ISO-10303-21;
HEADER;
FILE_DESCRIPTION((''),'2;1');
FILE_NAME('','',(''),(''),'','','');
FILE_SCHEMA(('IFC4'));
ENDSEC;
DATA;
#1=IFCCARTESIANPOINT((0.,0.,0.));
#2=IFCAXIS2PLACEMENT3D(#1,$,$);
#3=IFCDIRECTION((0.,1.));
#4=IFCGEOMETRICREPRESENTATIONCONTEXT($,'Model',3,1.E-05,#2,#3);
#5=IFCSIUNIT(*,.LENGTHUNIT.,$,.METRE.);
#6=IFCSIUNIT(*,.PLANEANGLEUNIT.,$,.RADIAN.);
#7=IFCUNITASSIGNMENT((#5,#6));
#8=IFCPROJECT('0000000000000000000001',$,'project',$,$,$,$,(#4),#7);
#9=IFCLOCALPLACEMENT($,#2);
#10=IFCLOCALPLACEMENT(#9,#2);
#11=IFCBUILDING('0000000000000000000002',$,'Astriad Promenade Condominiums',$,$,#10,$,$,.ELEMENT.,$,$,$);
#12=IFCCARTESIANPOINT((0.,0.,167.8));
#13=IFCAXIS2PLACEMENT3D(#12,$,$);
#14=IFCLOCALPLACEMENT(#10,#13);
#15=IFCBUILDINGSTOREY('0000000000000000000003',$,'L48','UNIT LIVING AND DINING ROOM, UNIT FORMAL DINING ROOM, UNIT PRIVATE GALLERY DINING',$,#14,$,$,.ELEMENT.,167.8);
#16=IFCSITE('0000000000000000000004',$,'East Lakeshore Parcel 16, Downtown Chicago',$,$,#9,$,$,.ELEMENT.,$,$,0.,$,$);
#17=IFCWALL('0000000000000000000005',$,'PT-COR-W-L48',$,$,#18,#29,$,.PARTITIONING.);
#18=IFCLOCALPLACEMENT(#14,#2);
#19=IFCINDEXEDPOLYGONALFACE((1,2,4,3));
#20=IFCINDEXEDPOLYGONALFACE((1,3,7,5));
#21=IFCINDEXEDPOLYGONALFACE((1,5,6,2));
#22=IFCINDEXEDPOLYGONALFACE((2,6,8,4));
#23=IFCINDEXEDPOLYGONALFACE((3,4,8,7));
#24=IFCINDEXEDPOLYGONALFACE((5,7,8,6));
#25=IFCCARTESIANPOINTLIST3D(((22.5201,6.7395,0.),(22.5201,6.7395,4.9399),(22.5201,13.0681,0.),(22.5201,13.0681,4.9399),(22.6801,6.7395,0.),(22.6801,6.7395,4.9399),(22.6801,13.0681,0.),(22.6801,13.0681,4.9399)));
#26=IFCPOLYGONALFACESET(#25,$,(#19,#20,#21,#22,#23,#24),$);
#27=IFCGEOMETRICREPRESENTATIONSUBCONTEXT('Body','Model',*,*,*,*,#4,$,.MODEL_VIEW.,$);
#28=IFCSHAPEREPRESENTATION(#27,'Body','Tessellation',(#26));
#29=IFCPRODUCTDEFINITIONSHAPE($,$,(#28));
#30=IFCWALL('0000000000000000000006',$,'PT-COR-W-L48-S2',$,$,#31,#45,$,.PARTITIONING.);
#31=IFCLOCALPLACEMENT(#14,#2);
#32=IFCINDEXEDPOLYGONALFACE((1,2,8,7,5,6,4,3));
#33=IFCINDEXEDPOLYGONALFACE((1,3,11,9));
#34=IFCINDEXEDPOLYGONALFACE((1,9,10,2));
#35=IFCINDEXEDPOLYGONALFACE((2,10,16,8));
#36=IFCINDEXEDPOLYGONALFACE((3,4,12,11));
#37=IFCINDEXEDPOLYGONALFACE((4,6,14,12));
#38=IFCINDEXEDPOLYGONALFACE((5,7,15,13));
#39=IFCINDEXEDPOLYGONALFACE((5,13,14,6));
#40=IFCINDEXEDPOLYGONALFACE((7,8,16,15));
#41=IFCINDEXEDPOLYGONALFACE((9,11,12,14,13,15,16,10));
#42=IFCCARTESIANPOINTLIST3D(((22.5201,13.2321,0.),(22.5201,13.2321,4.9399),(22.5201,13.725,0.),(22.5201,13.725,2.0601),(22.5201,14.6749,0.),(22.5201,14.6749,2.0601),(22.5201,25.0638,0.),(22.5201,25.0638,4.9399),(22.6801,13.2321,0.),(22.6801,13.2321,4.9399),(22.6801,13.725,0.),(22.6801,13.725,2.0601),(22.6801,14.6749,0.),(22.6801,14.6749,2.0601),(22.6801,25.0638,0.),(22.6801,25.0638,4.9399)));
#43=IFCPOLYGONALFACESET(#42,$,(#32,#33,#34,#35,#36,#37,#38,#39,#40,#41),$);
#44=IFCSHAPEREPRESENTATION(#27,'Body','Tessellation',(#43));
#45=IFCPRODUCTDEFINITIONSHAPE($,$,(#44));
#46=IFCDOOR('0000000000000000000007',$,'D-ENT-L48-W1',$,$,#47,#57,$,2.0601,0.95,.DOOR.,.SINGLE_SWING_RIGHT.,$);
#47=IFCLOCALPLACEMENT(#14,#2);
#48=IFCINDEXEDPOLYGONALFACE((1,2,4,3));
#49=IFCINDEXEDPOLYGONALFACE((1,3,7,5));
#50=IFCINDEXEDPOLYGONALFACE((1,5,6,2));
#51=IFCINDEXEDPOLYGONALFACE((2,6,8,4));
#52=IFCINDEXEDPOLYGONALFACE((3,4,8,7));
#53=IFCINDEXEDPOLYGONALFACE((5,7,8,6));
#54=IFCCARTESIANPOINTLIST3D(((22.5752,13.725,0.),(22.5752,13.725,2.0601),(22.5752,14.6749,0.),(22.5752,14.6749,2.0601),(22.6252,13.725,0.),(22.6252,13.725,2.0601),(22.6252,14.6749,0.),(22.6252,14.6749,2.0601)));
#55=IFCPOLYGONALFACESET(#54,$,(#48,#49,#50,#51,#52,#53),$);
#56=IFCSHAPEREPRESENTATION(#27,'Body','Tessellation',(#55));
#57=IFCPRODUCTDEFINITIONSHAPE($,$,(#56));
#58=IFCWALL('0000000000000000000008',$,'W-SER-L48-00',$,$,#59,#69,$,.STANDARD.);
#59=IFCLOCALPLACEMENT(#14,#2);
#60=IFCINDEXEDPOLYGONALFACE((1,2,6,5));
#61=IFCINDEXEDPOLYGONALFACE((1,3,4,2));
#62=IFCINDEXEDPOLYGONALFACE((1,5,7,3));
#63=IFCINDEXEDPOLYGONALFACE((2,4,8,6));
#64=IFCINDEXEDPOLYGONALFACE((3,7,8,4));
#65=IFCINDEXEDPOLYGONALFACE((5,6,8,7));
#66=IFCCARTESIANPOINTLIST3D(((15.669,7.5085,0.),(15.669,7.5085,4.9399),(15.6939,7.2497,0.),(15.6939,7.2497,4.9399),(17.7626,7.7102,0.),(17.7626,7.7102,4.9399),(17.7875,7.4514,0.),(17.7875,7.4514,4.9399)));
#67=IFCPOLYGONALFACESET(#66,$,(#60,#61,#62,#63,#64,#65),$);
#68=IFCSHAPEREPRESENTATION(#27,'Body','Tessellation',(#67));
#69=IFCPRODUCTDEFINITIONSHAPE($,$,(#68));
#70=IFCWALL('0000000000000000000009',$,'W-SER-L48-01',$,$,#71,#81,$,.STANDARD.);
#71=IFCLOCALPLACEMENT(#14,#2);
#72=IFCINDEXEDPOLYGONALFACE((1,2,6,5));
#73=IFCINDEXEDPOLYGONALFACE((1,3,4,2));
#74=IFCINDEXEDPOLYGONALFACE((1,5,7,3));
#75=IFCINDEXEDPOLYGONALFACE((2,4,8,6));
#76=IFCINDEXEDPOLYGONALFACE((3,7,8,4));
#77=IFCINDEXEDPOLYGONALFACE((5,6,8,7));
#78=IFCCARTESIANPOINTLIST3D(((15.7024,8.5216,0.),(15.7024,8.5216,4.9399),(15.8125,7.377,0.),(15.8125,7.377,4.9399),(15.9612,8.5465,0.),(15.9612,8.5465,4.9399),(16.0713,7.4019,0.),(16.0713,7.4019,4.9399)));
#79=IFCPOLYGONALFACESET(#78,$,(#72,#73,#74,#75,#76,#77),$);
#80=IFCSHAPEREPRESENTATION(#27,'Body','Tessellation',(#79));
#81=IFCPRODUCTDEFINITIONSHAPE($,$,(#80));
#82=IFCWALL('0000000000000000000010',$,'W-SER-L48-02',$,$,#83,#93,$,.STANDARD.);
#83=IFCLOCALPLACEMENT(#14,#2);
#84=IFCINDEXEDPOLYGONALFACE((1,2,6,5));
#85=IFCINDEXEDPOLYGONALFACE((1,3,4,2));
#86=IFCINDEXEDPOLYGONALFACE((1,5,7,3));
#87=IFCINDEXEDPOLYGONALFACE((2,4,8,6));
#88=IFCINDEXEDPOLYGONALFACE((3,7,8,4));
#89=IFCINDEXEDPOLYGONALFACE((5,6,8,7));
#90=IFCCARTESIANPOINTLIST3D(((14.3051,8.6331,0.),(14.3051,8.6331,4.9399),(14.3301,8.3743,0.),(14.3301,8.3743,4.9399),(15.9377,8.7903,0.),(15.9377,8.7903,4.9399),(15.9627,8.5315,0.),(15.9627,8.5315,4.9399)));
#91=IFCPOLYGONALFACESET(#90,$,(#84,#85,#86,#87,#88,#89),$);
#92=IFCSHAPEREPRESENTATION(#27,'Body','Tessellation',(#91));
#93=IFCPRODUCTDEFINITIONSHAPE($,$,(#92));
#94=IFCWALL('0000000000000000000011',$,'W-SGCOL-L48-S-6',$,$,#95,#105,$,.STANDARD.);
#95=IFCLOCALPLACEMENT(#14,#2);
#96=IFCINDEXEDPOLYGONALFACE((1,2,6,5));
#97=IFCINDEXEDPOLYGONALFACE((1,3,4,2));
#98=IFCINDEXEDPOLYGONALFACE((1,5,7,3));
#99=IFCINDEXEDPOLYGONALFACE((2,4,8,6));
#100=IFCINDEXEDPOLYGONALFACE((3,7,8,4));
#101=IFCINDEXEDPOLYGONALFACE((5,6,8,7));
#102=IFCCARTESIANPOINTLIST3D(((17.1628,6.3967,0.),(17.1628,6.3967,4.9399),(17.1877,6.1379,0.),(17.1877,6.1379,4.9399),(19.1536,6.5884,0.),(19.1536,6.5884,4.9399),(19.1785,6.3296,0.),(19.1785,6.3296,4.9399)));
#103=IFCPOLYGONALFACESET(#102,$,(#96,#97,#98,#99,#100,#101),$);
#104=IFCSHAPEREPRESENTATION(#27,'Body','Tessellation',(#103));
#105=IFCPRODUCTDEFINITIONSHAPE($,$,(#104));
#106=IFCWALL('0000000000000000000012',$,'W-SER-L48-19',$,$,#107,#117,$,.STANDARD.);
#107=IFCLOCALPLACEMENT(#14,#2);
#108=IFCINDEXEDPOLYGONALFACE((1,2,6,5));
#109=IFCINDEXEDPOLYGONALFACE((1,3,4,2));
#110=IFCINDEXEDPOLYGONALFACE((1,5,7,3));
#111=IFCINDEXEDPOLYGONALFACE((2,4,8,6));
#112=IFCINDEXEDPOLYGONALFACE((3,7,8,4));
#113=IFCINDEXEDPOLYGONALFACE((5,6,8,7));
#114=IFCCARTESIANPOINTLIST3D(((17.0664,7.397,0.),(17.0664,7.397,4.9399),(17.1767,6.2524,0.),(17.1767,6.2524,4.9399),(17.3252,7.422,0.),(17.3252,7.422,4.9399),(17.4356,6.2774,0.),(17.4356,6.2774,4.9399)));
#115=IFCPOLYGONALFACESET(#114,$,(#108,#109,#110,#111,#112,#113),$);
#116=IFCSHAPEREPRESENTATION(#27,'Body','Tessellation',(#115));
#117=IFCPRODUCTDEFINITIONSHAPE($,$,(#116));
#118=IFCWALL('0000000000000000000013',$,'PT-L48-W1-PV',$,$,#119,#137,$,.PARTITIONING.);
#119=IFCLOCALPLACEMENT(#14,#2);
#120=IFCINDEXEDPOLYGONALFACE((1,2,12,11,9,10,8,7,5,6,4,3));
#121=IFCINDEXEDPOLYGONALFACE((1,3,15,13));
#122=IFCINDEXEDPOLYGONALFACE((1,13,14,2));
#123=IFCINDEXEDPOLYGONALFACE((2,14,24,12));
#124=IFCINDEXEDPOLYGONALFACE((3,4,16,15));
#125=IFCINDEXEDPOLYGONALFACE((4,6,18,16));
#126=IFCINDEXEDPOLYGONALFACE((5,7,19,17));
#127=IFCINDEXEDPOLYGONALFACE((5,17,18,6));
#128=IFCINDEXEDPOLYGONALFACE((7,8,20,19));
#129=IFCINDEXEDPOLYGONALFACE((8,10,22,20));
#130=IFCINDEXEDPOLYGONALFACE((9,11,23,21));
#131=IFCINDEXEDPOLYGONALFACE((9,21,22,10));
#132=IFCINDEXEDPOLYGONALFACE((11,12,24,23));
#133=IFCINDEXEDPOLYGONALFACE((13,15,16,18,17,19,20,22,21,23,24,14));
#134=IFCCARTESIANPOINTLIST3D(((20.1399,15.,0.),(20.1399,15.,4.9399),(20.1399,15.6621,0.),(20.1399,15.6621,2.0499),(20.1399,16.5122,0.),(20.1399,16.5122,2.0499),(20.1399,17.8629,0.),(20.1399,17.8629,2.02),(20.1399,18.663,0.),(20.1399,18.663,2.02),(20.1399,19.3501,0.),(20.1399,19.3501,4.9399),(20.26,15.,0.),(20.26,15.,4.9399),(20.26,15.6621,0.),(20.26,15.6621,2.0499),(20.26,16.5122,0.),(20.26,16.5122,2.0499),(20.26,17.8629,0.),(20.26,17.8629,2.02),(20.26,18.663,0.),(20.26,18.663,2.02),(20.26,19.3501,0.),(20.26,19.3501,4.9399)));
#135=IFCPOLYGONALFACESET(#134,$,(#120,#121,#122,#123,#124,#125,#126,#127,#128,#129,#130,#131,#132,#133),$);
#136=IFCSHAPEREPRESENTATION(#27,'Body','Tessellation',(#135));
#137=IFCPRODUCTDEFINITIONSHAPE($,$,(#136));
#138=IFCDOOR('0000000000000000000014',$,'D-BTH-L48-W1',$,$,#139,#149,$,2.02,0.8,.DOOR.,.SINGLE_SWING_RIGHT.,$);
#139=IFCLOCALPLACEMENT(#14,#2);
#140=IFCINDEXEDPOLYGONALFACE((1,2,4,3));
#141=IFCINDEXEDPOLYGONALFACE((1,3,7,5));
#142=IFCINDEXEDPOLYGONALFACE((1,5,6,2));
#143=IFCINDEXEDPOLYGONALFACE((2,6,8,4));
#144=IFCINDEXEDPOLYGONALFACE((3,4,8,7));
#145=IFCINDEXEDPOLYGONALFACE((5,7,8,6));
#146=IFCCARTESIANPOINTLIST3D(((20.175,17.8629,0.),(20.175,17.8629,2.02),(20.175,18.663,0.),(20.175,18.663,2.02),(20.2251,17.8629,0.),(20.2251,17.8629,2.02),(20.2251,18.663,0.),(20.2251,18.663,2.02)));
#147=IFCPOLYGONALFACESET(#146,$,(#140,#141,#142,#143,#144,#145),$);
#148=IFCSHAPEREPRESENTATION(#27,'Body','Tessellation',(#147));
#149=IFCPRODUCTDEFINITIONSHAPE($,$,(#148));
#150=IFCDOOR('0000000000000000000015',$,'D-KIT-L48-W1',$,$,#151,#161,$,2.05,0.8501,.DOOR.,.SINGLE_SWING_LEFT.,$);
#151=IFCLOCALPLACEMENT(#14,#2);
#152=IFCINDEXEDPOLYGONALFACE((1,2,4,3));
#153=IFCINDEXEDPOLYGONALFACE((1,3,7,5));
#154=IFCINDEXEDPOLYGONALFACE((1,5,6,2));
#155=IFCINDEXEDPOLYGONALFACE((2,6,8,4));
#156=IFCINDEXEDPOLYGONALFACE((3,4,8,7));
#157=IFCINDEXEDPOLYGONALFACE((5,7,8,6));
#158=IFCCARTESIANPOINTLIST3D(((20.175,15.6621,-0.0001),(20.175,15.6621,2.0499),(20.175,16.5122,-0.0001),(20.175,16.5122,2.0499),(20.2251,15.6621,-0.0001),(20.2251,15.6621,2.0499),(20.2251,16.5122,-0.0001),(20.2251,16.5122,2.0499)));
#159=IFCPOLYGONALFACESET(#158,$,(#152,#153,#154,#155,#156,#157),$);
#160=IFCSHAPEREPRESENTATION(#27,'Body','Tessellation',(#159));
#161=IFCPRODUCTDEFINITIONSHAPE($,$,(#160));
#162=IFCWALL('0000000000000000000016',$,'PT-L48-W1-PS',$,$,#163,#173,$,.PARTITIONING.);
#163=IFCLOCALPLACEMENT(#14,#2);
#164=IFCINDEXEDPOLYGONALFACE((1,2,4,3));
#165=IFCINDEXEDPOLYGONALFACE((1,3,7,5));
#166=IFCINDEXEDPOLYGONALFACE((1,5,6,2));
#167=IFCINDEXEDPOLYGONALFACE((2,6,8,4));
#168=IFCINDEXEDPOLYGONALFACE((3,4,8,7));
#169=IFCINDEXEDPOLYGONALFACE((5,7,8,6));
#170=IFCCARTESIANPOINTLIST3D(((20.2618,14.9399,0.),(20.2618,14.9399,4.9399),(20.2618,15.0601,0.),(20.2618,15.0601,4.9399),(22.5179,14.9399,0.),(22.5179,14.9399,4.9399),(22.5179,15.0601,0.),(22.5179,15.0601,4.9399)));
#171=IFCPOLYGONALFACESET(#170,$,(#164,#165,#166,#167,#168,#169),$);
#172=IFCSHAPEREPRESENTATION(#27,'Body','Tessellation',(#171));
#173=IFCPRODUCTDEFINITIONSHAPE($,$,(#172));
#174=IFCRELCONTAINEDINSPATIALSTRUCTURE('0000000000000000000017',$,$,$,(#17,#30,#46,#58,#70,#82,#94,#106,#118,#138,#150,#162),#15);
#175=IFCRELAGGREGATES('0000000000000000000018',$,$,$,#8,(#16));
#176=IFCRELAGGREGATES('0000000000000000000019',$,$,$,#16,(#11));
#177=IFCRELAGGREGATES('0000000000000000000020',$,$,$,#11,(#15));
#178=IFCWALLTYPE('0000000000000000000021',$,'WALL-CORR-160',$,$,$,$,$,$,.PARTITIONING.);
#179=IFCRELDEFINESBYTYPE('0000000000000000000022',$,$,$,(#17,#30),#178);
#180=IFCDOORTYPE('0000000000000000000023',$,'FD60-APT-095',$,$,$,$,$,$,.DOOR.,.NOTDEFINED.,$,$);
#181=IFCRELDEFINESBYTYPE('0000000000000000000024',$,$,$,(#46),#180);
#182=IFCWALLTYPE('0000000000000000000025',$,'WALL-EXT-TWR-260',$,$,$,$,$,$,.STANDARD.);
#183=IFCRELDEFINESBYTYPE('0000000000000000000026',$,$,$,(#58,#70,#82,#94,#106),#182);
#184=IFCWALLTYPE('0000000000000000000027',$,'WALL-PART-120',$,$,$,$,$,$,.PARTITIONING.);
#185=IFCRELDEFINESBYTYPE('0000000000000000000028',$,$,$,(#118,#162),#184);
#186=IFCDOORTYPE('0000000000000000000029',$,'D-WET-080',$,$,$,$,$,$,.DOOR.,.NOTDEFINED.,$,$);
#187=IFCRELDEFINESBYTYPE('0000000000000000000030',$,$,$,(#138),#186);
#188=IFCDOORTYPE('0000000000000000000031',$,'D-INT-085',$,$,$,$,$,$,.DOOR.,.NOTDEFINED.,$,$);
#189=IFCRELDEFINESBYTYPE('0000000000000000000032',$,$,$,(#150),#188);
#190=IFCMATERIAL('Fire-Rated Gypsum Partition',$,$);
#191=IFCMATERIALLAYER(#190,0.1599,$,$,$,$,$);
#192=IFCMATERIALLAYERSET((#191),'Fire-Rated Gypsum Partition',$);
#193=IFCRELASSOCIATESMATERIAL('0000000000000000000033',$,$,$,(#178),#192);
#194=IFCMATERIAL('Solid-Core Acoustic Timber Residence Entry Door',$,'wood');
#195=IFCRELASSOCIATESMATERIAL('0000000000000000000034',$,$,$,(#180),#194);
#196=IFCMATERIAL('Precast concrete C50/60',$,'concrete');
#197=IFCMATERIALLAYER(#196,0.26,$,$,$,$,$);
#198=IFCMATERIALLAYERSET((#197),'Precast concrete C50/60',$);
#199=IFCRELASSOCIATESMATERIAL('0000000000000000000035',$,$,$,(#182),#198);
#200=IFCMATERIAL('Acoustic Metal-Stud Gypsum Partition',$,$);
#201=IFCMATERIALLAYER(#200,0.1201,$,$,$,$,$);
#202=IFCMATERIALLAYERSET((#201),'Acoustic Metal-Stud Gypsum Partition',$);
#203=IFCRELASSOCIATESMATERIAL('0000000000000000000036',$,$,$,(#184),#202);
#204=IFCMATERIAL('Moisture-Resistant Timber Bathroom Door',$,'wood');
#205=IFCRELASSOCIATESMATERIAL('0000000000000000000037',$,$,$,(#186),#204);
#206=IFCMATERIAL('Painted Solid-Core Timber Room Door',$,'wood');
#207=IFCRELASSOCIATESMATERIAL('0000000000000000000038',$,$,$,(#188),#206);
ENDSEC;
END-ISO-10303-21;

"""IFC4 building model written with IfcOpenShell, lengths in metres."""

from ifc_helpers import new_model, si_unit, direction, frame, frame_2d, origin, place, context, subcontext, project, spatial, rectangle, extrude, source, transform, mapped, material, layer, layer_set, type_object, type_shapes, element, fill, save


model = new_model("IFC4")

# Units and contexts
model_context = context("Model", 3, precision=1e-05, world=origin(), true_north=direction((0.0, 1.0)))
body_context = subcontext(model_context, "Body", "Model", "MODEL_VIEW")
ifc_project = project(units=[si_unit("LENGTHUNIT", "METRE"), si_unit("PLANEANGLEUNIT", "RADIAN")], contexts=[model_context])

# Site, building, storey
site_placement = place(None, origin())
site = spatial("IfcSite", under=ifc_project, at=site_placement, Name="East Lakeshore Parcel 16, Downtown Chicago", CompositionType="ELEMENT", RefElevation=0.0)
building_placement = place(site_placement, origin())
building = spatial("IfcBuilding", under=site, at=building_placement, Name="Astriad Promenade Condominiums", CompositionType="ELEMENT")
storey_placement = place(building_placement, frame((0.0, 0.0, 167.8)))
storey = spatial("IfcBuildingStorey", under=building, at=storey_placement, Name="L48", Description="UNIT LIVING AND DINING ROOM, UNIT FORMAL DINING ROOM, UNIT PRIVATE GALLERY DINING", CompositionType="ELEMENT", Elevation=167.8)

# Shared definitions
ifc_material_1 = material(Name="Fire-Rated Gypsum Partition")
ifc_layer_1 = layer(ifc_material_1, 0.1599)
ifc_layer_set_1 = layer_set([ifc_layer_1], Name="Fire-Rated Gypsum Partition")
wall_type_1 = type_object("IfcWallType", Name="WALL-CORR-160", PredefinedType="PARTITIONING", material=ifc_layer_set_1)
ifc_material_2 = material(Name="Solid-Core Acoustic Timber Residence Entry Door", Category="wood")
door_type_1 = type_object("IfcDoorType", Name="FD60-APT-095", OperationType="NOTDEFINED", PredefinedType="DOOR", material=ifc_material_2)
shared_shape_1 = source(origin(), body_context, "Body", "SweptSolid", [
    extrude(rectangle(XDim=0.95, YDim=2.0601, at=frame_2d((0.4751, 1.03))), frame((0.0, 0.0249, 0.0), z_axis=(0.0, -1.0, 0.0), x_axis=(1.0, 0.0, 0.0)), (0.0, 0.0, 1.0), 0.05),
])
type_shapes(door_type_1, [shared_shape_1])

# Wall
wall_1_placement = place(storey_placement, frame((22.6001, 6.7395, 0.0), z_axis=(0.0, 0.0, 1.0), x_axis=(0.0, 1.0, 0.0)))
element("IfcWall", 1, at=wall_1_placement, inside=storey, type_object=wall_type_1, Name="PT-COR-W-L48", PredefinedType="PARTITIONING", context=body_context, shape_type="SweptSolid", body=[
    extrude(rectangle(XDim=6.3286, YDim=0.1599, at=frame_2d((3.1643, 0.0))), origin(), (0.0, 0.0, 1.0), 4.9399),
])

# Wall, opening, door
wall_2_placement = place(storey_placement, frame((22.6001, 13.2319, 0.0), z_axis=(0.0, 0.0, 1.0), x_axis=(0.0, 1.0, 0.0)))
wall_2 = element("IfcWall", 2, at=wall_2_placement, inside=storey, type_object=wall_type_1, Name="PT-COR-W-L48-S2", PredefinedType="PARTITIONING", context=body_context, shape_type="SweptSolid", body=[
    extrude(rectangle(XDim=11.8318, YDim=0.1599, at=frame_2d((5.916, 0.0))), origin(), (0.0, 0.0, 1.0), 4.9399),
])
opening_1_placement = place(wall_2_placement, frame((0.4929, 0.0, 0.0)))
opening_1 = element("IfcOpeningElement", 3, at=opening_1_placement, cuts=wall_2, PredefinedType="OPENING", context=body_context, shape_type="SweptSolid", body=[
    extrude(rectangle(XDim=0.95, YDim=2.0601, at=frame_2d((0.4751, 1.03))), frame((0.0, 0.0898, 0.0), z_axis=(0.0, -1.0, 0.0), x_axis=(1.0, 0.0, 0.0)), (0.0, 0.0, 1.0), 0.1799),
])
door_1_placement = place(opening_1_placement, origin())
door_1 = element("IfcDoor", 4, at=door_1_placement, inside=storey, type_object=door_type_1, Name="D-ENT-L48-W1", OperationType="SINGLE_SWING_RIGHT", OverallHeight=2.0601, OverallWidth=0.95, PredefinedType="DOOR", context=body_context, shape_type="MappedRepresentation", body=[
    mapped(shared_shape_1, transform((0.0, 0.0, 0.0), scale=1.0)),
])
fill(opening_1, door_1)

# Walls
ifc_material_3 = material(Name="Precast concrete C50/60", Category="concrete")
ifc_layer_2 = layer(ifc_material_3, 0.26)
ifc_layer_set_2 = layer_set([ifc_layer_2], Name="Precast concrete C50/60")
wall_type_2 = type_object("IfcWallType", Name="WALL-EXT-TWR-260", PredefinedType="STANDARD", material=ifc_layer_set_2)
wall_3_placement = place(storey_placement, frame((17.7751, 7.5808, 0.0), z_axis=(0.0, 0.0, 1.0), x_axis=(-0.995393, -0.095883, 0.0)))
element("IfcWall", 5, at=wall_3_placement, inside=storey, type_object=wall_type_2, Name="W-SER-L48-00", PredefinedType="STANDARD", context=body_context, shape_type="SweptSolid", body=[
    extrude(rectangle(XDim=2.1033, YDim=0.26, at=frame_2d((1.0518, 0.0))), origin(), (0.0, 0.0, 1.0), 4.9399),
])
wall_4_placement = place(storey_placement, frame((15.9419, 7.3894, 0.0), z_axis=(0.0, 0.0, 1.0), x_axis=(-0.095761, 0.995404, 0.0)))
element("IfcWall", 6, at=wall_4_placement, inside=storey, type_object=wall_type_2, Name="W-SER-L48-01", PredefinedType="STANDARD", context=body_context, shape_type="SweptSolid", body=[
    extrude(rectangle(XDim=1.1499, YDim=0.26, at=frame_2d((0.575, 0.0))), origin(), (0.0, 0.0, 1.0), 4.9399),
])
wall_5_placement = place(storey_placement, frame((15.9502, 8.6609, 0.0), z_axis=(0.0, 0.0, 1.0), x_axis=(-0.995395, -0.095863, 0.0)))
element("IfcWall", 7, at=wall_5_placement, inside=storey, type_object=wall_type_2, Name="W-SER-L48-02", PredefinedType="STANDARD", context=body_context, shape_type="SweptSolid", body=[
    extrude(rectangle(XDim=1.6401, YDim=0.26, at=frame_2d((0.8201, 0.0))), origin(), (0.0, 0.0, 1.0), 4.9399),
])
wall_6_placement = place(storey_placement, frame((19.166, 6.459, 0.0), z_axis=(0.0, 0.0, 1.0), x_axis=(-0.995398, -0.095829, 0.0)))
element("IfcWall", 8, at=wall_6_placement, inside=storey, type_object=wall_type_2, Name="W-SGCOL-L48-S-6", PredefinedType="STANDARD", context=body_context, shape_type="SweptSolid", body=[
    extrude(rectangle(XDim=2.0, YDim=0.26, at=frame_2d((1.0, 0.0))), origin(), (0.0, 0.0, 1.0), 4.9399),
])
wall_7_placement = place(storey_placement, frame((17.3062, 6.2649, 0.0), z_axis=(0.0, 0.0, 1.0), x_axis=(-0.095971, 0.995384, 0.0)))
element("IfcWall", 9, at=wall_7_placement, inside=storey, type_object=wall_type_2, Name="W-SER-L48-19", PredefinedType="STANDARD", context=body_context, shape_type="SweptSolid", body=[
    extrude(rectangle(XDim=1.1499, YDim=0.26, at=frame_2d((0.575, 0.0))), origin(), (0.0, 0.0, 1.0), 4.9399),
])

# Wall, openings, doors
ifc_material_4 = material(Name="Acoustic Metal-Stud Gypsum Partition")
ifc_layer_3 = layer(ifc_material_4, 0.1201)
ifc_layer_set_3 = layer_set([ifc_layer_3], Name="Acoustic Metal-Stud Gypsum Partition")
wall_type_3 = type_object("IfcWallType", Name="WALL-PART-120", PredefinedType="PARTITIONING", material=ifc_layer_set_3)
wall_8_placement = place(storey_placement, frame((20.2, 15.0, 0.0), z_axis=(0.0, 0.0, 1.0), x_axis=(0.0, 1.0, 0.0)))
wall_8 = element("IfcWall", 10, at=wall_8_placement, inside=storey, type_object=wall_type_3, Name="PT-L48-W1-PV", PredefinedType="PARTITIONING", context=body_context, shape_type="SweptSolid", body=[
    extrude(rectangle(XDim=4.3501, YDim=0.1201, at=frame_2d((2.175, 0.0))), origin(), (0.0, 0.0, 1.0), 4.9399),
])
opening_2_placement = place(wall_8_placement, frame((0.6621, 0.0, 0.0)))
opening_2 = element("IfcOpeningElement", 11, at=opening_2_placement, cuts=wall_8, PredefinedType="OPENING", context=body_context, shape_type="SweptSolid", body=[
    extrude(rectangle(XDim=0.8501, YDim=2.05, at=frame_2d((0.425, 1.0249))), frame((0.0, 0.0701, 0.0), z_axis=(0.0, -1.0, 0.0), x_axis=(1.0, 0.0, 0.0)), (0.0, 0.0, 1.0), 0.1401),
])
opening_3_placement = place(wall_8_placement, frame((2.863, 0.0, 0.0)))
opening_3 = element("IfcOpeningElement", 12, at=opening_3_placement, cuts=wall_8, PredefinedType="OPENING", context=body_context, shape_type="SweptSolid", body=[
    extrude(rectangle(XDim=0.8, YDim=2.02, at=frame_2d((0.3999, 1.01))), frame((0.0, 0.0701, 0.0), z_axis=(0.0, -1.0, 0.0), x_axis=(1.0, 0.0, 0.0)), (0.0, 0.0, 1.0), 0.1401),
])
ifc_material_5 = material(Name="Moisture-Resistant Timber Bathroom Door", Category="wood")
door_type_2 = type_object("IfcDoorType", Name="D-WET-080", OperationType="NOTDEFINED", PredefinedType="DOOR", material=ifc_material_5)
shared_shape_2 = source(origin(), body_context, "Body", "SweptSolid", [
    extrude(rectangle(XDim=0.8, YDim=2.02, at=frame_2d((0.3999, 1.01))), frame((0.0, 0.0249, 0.0), z_axis=(0.0, -1.0, 0.0), x_axis=(1.0, 0.0, 0.0)), (0.0, 0.0, 1.0), 0.05),
])
type_shapes(door_type_2, [shared_shape_2])
door_2_placement = place(opening_3_placement, origin())
door_2 = element("IfcDoor", 13, at=door_2_placement, inside=storey, type_object=door_type_2, Name="D-BTH-L48-W1", OperationType="SINGLE_SWING_RIGHT", OverallHeight=2.02, OverallWidth=0.8, PredefinedType="DOOR", context=body_context, shape_type="MappedRepresentation", body=[
    mapped(shared_shape_2, transform((0.0, 0.0, 0.0), scale=1.0)),
])
fill(opening_3, door_2)
ifc_material_6 = material(Name="Painted Solid-Core Timber Room Door", Category="wood")
door_type_3 = type_object("IfcDoorType", Name="D-INT-085", OperationType="NOTDEFINED", PredefinedType="DOOR", material=ifc_material_6)
shared_shape_3 = source(origin(), body_context, "Body", "SweptSolid", [
    extrude(rectangle(XDim=0.8501, YDim=2.05, at=frame_2d((0.425, 1.0249))), frame((0.0, 0.0249, 0.0), z_axis=(0.0, -1.0, 0.0), x_axis=(1.0, 0.0, 0.0)), (0.0, 0.0, 1.0), 0.05),
])
type_shapes(door_type_3, [shared_shape_3])
door_3_placement = place(opening_2_placement, origin())
door_3 = element("IfcDoor", 14, at=door_3_placement, inside=storey, type_object=door_type_3, Name="D-KIT-L48-W1", OperationType="SINGLE_SWING_LEFT", OverallHeight=2.05, OverallWidth=0.8501, PredefinedType="DOOR", context=body_context, shape_type="MappedRepresentation", body=[
    mapped(shared_shape_3, transform((0.0, 0.0, 0.0), scale=1.0)),
])
fill(opening_2, door_3)

# Wall
wall_9_placement = place(storey_placement, frame((20.262, 15.0, 0.0), z_axis=(0.0, 0.0, 1.0), x_axis=(1.0, 0.0, 0.0)))
element("IfcWall", 15, at=wall_9_placement, inside=storey, type_object=wall_type_3, Name="PT-L48-W1-PS", PredefinedType="PARTITIONING", context=body_context, shape_type="SweptSolid", body=[
    extrude(rectangle(XDim=2.2561, YDim=0.1201, at=frame_2d((1.1279, 0.0))), origin(), (0.0, 0.0, 1.0), 4.9399),
])

save(model, "model.ifc")
